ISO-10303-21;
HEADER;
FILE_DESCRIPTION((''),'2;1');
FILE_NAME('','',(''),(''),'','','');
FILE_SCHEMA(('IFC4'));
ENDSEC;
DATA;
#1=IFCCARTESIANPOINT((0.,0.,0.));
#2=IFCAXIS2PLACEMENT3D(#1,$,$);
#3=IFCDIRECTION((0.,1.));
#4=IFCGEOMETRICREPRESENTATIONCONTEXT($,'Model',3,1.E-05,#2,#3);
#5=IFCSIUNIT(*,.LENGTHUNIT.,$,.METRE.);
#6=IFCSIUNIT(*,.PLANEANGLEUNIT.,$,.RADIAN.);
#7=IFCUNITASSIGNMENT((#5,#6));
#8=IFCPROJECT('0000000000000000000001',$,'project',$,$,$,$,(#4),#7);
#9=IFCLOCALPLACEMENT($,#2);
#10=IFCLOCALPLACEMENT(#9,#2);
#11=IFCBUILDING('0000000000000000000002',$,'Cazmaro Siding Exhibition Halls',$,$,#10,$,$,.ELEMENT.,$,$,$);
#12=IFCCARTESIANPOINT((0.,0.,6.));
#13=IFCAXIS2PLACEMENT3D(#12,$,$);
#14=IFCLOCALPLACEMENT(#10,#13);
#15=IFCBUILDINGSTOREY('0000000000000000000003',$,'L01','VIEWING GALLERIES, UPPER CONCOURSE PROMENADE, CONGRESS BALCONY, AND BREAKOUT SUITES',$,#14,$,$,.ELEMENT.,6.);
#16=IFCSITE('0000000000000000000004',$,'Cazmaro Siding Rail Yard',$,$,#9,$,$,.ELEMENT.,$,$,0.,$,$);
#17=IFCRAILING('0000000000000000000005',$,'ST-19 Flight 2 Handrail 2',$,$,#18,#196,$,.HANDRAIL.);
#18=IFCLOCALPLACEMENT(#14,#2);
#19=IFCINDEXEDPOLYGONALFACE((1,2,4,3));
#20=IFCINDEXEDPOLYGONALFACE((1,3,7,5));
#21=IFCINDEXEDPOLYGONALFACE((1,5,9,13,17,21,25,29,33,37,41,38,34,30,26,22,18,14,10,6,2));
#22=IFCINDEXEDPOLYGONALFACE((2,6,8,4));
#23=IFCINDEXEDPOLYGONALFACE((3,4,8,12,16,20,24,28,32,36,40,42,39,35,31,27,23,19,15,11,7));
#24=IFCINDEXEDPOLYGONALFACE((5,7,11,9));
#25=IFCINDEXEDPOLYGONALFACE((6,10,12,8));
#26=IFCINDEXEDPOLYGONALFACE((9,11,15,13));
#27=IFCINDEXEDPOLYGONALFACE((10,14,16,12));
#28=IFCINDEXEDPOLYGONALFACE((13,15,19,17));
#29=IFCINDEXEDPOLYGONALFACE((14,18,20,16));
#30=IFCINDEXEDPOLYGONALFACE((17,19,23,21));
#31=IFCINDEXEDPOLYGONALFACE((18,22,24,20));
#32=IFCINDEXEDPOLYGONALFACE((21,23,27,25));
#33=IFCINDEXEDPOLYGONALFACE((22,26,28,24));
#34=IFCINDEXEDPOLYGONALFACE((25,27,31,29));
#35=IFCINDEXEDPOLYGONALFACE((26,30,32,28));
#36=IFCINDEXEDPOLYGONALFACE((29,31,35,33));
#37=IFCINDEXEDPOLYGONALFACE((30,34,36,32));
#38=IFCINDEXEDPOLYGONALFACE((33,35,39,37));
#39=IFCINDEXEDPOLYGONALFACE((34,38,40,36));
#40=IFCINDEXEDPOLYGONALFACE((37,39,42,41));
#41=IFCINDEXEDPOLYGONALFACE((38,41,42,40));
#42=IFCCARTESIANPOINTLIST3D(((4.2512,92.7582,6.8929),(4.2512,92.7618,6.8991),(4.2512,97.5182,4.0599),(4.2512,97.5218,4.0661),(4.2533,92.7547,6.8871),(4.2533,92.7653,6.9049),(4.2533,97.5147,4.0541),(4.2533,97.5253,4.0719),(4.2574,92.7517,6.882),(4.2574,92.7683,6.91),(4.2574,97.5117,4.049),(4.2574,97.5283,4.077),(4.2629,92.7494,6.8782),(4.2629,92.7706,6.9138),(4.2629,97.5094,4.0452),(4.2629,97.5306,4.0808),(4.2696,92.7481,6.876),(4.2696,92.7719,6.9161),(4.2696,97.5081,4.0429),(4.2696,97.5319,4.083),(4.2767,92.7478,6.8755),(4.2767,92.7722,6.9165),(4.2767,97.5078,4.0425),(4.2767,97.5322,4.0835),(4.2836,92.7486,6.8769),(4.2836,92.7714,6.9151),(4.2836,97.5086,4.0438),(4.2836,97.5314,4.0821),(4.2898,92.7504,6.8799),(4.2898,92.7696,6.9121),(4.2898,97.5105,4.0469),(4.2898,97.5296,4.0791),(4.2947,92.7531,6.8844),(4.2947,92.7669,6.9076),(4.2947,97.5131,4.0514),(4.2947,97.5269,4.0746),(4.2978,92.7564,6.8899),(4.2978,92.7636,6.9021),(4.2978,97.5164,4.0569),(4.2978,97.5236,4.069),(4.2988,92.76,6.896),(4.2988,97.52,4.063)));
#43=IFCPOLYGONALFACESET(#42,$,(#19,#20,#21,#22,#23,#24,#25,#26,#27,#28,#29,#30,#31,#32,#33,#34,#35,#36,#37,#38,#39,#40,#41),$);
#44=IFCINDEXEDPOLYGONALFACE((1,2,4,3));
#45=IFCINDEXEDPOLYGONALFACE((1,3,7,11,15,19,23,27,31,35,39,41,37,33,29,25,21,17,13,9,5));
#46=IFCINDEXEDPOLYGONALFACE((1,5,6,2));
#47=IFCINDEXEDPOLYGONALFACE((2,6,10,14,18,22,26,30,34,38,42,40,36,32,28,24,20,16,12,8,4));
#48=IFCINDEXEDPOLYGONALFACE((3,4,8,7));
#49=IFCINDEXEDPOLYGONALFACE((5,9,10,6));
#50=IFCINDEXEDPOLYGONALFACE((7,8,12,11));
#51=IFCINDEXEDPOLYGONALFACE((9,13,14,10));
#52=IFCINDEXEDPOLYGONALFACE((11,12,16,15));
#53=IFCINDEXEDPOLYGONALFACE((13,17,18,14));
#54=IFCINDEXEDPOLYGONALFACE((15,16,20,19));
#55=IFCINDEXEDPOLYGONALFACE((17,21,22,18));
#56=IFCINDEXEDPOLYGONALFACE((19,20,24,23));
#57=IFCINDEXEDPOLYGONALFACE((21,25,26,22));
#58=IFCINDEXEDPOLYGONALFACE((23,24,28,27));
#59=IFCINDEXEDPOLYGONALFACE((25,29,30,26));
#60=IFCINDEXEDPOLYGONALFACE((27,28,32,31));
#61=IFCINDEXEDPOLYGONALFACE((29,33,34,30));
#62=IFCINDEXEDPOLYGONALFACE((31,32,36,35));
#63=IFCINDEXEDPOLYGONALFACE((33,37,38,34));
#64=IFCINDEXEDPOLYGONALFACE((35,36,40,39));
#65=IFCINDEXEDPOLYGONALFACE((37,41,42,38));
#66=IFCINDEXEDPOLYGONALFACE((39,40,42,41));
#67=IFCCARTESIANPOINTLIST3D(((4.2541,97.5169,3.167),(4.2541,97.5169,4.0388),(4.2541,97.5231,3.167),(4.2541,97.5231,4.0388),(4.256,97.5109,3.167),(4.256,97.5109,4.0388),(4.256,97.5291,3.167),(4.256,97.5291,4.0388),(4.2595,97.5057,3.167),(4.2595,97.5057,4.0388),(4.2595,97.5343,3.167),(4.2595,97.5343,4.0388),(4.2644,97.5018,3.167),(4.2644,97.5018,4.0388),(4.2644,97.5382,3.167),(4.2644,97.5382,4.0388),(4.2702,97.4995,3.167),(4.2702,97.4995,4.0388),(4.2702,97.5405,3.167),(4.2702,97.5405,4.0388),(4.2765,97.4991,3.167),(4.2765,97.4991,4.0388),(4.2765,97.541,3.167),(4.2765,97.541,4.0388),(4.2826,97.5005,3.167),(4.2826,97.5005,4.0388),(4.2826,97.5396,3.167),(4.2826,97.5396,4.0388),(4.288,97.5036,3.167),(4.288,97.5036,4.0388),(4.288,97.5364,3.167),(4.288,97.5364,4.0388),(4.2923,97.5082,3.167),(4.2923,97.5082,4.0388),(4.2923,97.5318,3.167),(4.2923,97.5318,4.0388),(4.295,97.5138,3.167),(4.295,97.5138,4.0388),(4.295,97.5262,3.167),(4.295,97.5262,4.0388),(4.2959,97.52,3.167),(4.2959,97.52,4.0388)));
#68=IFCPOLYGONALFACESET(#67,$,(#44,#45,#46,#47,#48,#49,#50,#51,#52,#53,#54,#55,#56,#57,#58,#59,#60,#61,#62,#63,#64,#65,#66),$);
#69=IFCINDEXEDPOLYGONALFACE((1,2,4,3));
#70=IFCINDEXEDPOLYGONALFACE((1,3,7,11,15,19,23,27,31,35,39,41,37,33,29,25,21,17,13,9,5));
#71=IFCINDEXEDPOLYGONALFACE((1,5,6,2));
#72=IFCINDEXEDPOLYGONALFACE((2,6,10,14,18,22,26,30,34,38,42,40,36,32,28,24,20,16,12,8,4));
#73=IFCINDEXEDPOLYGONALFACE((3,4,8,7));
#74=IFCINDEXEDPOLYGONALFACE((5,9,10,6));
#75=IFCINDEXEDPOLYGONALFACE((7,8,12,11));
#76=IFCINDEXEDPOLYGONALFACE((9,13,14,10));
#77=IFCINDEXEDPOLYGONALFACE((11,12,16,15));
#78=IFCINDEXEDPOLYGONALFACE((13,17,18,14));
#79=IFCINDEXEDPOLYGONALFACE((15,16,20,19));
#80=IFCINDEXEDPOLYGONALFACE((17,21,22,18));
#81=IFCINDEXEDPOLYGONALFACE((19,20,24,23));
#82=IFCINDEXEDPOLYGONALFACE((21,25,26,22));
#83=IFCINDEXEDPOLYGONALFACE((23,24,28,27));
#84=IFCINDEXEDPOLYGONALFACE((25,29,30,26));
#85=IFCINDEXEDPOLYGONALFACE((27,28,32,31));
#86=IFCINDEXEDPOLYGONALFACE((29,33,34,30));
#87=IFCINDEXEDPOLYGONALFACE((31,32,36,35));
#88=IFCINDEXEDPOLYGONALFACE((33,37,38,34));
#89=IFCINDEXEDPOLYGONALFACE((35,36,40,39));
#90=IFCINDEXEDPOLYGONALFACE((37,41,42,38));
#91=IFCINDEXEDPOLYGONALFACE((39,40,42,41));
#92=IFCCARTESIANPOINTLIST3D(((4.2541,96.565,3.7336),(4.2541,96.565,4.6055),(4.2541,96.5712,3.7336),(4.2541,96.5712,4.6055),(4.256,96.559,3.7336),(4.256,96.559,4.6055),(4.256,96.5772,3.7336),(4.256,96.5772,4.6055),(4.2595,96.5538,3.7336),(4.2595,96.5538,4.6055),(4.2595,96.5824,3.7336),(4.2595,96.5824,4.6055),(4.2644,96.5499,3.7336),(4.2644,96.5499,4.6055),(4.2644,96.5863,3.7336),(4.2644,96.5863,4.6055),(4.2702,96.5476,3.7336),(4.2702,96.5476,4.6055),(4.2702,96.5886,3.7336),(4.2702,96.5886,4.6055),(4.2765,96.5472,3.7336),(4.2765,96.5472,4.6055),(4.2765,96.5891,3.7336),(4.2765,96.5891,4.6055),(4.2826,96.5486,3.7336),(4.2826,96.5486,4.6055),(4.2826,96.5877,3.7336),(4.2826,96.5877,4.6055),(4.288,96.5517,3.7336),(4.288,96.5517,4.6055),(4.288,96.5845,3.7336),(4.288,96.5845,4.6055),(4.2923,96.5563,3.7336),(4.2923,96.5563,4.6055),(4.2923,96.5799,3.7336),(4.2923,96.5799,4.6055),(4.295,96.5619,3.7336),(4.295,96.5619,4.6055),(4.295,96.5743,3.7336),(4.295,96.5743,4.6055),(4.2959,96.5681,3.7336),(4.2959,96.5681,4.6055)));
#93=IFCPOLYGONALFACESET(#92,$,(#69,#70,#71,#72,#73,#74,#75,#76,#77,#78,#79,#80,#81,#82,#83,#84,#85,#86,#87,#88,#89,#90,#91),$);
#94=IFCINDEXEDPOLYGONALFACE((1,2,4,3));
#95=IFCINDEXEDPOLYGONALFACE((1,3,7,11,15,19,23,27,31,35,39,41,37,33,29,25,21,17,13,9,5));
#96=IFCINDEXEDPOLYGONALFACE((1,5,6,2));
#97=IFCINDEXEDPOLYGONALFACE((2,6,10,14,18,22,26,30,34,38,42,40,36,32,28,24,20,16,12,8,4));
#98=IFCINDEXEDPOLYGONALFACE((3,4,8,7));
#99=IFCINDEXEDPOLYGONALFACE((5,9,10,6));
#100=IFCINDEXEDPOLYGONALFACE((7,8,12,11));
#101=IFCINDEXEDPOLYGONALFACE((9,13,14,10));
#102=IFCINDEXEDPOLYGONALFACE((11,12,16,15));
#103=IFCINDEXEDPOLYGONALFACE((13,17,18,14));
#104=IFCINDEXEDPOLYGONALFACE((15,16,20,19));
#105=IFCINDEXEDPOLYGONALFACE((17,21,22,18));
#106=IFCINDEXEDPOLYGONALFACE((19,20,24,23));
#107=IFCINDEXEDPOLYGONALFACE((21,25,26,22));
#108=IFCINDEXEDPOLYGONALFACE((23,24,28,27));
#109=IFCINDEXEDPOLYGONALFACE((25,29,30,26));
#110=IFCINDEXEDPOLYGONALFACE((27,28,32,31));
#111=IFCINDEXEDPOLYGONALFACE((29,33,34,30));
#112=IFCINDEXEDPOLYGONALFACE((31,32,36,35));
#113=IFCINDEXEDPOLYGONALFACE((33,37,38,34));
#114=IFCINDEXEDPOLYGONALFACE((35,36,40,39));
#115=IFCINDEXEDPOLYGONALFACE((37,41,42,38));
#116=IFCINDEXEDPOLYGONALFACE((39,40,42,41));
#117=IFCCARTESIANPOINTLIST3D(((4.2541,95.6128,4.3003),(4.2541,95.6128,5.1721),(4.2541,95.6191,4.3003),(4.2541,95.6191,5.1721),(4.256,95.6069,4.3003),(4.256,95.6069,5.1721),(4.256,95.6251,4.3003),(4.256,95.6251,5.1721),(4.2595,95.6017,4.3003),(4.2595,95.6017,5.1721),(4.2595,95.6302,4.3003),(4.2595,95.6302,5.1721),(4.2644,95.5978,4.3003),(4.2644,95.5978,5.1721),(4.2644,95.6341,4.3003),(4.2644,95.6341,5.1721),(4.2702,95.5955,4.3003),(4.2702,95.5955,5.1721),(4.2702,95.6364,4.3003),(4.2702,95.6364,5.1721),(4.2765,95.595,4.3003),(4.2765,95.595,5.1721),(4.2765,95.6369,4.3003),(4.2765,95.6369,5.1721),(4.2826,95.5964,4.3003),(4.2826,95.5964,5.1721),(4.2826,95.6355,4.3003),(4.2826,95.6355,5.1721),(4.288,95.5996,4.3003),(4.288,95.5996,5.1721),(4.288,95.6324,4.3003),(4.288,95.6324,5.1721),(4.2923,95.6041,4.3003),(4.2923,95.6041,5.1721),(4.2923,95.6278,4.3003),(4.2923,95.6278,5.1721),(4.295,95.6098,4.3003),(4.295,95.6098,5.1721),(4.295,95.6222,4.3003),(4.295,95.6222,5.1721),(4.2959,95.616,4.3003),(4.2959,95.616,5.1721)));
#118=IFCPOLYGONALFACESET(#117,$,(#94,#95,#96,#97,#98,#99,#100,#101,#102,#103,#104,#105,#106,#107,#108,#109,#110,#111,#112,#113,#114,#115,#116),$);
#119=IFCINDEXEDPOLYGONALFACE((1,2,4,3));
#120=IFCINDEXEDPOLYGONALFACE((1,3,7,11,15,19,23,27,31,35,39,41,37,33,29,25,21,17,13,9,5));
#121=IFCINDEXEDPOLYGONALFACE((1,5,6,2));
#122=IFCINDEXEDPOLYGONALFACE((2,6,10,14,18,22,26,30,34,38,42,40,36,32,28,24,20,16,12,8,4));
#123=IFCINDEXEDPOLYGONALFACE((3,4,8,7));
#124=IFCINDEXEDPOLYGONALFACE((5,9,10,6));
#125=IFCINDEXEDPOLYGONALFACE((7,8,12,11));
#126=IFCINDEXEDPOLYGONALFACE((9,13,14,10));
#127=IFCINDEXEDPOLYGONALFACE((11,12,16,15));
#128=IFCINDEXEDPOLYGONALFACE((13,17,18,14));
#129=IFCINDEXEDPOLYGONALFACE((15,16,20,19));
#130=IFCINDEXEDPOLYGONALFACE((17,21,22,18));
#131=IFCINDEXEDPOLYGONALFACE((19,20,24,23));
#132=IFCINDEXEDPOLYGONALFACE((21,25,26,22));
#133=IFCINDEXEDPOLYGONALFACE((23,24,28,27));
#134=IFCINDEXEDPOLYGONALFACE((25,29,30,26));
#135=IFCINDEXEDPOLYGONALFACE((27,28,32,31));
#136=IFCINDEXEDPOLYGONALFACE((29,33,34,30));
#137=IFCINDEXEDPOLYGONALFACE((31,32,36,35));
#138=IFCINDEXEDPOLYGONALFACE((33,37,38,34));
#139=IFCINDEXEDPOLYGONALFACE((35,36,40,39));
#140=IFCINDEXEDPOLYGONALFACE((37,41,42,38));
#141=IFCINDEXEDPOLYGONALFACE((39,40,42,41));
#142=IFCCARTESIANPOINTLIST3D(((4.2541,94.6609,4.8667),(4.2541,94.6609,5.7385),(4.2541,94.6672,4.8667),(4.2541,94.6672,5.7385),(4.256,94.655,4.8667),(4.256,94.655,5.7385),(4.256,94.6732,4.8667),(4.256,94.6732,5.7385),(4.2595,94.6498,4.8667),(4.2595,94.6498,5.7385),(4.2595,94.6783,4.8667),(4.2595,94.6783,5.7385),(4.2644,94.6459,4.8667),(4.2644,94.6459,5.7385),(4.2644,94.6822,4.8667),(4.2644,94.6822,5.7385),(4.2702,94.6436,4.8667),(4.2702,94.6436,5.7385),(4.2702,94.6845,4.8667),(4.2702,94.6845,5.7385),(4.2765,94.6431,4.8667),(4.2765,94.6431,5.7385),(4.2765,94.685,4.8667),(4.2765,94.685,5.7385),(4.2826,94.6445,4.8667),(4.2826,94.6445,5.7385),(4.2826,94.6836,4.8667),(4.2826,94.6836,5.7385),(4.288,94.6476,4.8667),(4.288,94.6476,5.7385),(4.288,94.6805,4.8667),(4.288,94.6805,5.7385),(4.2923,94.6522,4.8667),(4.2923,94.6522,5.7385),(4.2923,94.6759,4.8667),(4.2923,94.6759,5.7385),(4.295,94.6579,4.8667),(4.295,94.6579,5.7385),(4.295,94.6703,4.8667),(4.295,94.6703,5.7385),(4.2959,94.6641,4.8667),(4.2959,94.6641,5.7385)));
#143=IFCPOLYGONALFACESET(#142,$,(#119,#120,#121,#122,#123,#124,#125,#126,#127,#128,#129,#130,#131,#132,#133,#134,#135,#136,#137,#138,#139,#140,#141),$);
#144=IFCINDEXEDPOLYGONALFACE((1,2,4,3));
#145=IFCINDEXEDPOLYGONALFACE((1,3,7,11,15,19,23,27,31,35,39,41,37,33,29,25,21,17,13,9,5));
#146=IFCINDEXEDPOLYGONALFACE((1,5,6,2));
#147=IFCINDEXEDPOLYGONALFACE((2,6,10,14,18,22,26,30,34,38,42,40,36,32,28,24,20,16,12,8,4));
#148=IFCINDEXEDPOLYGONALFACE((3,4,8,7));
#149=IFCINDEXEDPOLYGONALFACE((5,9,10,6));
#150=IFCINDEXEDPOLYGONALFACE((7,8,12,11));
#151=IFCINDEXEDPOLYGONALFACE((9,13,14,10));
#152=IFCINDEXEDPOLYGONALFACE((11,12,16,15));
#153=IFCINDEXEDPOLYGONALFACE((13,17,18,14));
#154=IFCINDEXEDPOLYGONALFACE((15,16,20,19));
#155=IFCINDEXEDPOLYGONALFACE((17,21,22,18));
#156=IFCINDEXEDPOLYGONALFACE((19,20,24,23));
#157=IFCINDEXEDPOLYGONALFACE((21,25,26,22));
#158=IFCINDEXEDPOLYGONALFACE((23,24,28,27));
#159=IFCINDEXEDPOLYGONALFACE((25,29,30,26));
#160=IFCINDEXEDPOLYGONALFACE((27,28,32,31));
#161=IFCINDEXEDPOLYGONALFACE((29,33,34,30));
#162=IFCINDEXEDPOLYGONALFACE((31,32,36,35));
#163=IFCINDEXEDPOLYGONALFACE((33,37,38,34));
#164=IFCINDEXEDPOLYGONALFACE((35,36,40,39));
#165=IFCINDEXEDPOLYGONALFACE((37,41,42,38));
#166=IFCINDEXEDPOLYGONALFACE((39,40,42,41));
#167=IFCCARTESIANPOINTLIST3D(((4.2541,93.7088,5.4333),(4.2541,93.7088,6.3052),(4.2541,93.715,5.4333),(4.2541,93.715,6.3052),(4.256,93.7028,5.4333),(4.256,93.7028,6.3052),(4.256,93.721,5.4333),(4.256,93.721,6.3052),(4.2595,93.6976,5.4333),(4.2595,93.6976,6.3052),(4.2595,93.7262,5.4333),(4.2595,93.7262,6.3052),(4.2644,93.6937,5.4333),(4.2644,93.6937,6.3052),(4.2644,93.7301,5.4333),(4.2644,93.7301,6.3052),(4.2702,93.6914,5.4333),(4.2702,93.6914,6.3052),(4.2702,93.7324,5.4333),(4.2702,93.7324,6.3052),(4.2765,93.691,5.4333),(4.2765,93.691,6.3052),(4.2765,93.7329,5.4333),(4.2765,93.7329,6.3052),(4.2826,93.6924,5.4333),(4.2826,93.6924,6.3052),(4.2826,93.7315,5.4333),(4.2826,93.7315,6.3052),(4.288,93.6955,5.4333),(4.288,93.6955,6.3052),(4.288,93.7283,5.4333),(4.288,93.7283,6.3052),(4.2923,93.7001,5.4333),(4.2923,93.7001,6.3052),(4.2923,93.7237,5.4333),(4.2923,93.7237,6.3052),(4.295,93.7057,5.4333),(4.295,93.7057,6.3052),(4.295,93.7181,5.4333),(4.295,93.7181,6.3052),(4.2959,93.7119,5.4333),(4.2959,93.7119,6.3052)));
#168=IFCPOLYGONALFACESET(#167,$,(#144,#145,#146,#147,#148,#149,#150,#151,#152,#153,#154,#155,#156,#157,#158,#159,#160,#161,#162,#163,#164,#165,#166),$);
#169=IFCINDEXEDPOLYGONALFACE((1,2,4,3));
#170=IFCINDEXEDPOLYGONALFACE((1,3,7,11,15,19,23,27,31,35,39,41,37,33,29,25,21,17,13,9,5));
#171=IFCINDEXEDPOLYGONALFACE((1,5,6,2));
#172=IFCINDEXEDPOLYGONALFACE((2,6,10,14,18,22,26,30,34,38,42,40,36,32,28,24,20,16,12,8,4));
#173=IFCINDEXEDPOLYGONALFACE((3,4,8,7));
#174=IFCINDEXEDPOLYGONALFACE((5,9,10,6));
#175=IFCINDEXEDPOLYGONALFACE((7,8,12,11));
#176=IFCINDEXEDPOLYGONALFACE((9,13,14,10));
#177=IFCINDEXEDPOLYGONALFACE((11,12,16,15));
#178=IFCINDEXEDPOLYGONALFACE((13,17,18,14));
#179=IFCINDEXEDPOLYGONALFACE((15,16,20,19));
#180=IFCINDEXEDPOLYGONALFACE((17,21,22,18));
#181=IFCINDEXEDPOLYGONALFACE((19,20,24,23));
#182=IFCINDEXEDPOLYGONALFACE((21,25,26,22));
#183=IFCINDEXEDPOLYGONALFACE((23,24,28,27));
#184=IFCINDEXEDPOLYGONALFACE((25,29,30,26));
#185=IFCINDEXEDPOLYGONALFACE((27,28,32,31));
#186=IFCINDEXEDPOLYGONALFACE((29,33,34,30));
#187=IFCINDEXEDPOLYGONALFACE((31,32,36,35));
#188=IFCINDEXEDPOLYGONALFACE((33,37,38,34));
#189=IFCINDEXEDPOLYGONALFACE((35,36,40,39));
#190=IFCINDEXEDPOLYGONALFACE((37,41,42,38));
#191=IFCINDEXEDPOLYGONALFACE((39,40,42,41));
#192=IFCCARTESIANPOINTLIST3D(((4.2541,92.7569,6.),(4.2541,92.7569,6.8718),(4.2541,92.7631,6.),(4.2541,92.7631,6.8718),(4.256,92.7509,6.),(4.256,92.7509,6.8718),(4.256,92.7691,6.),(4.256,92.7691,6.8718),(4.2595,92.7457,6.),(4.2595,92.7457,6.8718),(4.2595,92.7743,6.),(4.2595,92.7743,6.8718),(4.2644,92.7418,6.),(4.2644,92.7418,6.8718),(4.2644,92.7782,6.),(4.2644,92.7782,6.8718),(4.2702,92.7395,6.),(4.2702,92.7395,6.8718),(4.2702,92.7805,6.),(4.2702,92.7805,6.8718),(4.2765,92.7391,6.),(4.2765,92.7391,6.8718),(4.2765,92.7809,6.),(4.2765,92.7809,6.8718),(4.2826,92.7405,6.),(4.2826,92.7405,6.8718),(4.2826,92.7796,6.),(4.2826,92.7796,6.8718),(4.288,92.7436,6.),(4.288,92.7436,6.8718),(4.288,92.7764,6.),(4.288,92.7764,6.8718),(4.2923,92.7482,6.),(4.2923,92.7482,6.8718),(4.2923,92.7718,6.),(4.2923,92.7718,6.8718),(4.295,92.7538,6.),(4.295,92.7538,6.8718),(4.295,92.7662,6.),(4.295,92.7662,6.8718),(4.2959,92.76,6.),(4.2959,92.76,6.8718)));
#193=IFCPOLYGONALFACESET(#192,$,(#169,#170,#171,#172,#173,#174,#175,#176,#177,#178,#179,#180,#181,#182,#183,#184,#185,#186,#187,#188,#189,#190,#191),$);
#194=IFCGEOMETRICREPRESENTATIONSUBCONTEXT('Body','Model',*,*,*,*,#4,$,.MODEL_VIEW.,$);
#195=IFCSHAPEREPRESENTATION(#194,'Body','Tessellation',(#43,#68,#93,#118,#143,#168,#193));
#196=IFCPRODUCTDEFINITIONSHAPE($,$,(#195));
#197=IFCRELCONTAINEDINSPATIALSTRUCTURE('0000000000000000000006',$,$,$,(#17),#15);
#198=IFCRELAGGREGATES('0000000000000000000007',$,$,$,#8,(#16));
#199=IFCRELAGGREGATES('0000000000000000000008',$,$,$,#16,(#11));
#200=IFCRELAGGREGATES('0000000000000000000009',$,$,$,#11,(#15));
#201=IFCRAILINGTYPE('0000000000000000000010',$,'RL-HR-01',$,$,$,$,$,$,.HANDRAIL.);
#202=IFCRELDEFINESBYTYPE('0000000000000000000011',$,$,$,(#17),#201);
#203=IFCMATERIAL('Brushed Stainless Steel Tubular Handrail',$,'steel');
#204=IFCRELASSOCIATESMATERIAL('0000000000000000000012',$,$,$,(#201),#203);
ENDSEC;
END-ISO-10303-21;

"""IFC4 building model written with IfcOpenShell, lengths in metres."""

from ifc_helpers import new_model, si_unit, direction, frame, origin, origin_2d, place, context, subcontext, project, spatial, circle, extrude, material, type_object, element, save


model = new_model("IFC4")

# Units and contexts
model_context = context("Model", 3, precision=1e-05, world=origin(), true_north=direction((0.0, 1.0)))
body_context = subcontext(model_context, "Body", "Model", "MODEL_VIEW")
ifc_project = project(units=[si_unit("LENGTHUNIT", "METRE"), si_unit("PLANEANGLEUNIT", "RADIAN")], contexts=[model_context])

# Site, building, storey
site_placement = place(None, origin())
site = spatial("IfcSite", under=ifc_project, at=site_placement, Name="Cazmaro Siding Rail Yard", CompositionType="ELEMENT", RefElevation=0.0)
building_placement = place(site_placement, origin())
building = spatial("IfcBuilding", under=site, at=building_placement, Name="Cazmaro Siding Exhibition Halls", CompositionType="ELEMENT")
storey_placement = place(building_placement, frame((0.0, 0.0, 6.0)))
storey = spatial("IfcBuildingStorey", under=building, at=storey_placement, Name="L01", Description="VIEWING GALLERIES, UPPER CONCOURSE PROMENADE, CONGRESS BALCONY, AND BREAKOUT SUITES", CompositionType="ELEMENT", Elevation=6.0)

# Railing
ifc_material_1 = material(Name="Brushed Stainless Steel Tubular Handrail", Category="steel")
railing_type_1 = type_object("IfcRailingType", Name="RL-HR-01", PredefinedType="HANDRAIL", material=ifc_material_1)
railing_1_placement = place(storey_placement, frame((4.2749, 97.52, 3.167)))
element("IfcRailing", 1, at=railing_1_placement, inside=storey, type_object=railing_type_1, Name="ST-19 Flight 2 Handrail 2", PredefinedType="HANDRAIL", context=body_context, shape_type="SweptSolid", body=[
    extrude(circle(Radius=0.0239, at=origin_2d()), frame((0.0, 0.0, 0.896), z_axis=(0.0, -0.859319, 0.51144), x_axis=(1.0, 0.0, 0.0)), (0.0, 0.0, 1.0), 5.5393),
    extrude(circle(Radius=0.021, at=origin_2d()), origin(), (0.0, 0.0, 1.0), 0.8718),
    extrude(circle(Radius=0.021, at=origin_2d()), frame((0.0, -0.9519, 0.5667)), (0.0, 0.0, 1.0), 0.8718),
    extrude(circle(Radius=0.021, at=origin_2d()), frame((0.0, -1.9041, 1.1333)), (0.0, 0.0, 1.0), 0.8718),
    extrude(circle(Radius=0.021, at=origin_2d()), frame((0.0, -2.856, 1.6997)), (0.0, 0.0, 1.0), 0.8718),
    extrude(circle(Radius=0.021, at=origin_2d()), frame((0.0, -3.8081, 2.2664)), (0.0, 0.0, 1.0), 0.8718),
    extrude(circle(Radius=0.021, at=origin_2d()), frame((0.0, -4.76, 2.833)), (0.0, 0.0, 1.0), 0.8718),
])

save(model, "model.ifc")
